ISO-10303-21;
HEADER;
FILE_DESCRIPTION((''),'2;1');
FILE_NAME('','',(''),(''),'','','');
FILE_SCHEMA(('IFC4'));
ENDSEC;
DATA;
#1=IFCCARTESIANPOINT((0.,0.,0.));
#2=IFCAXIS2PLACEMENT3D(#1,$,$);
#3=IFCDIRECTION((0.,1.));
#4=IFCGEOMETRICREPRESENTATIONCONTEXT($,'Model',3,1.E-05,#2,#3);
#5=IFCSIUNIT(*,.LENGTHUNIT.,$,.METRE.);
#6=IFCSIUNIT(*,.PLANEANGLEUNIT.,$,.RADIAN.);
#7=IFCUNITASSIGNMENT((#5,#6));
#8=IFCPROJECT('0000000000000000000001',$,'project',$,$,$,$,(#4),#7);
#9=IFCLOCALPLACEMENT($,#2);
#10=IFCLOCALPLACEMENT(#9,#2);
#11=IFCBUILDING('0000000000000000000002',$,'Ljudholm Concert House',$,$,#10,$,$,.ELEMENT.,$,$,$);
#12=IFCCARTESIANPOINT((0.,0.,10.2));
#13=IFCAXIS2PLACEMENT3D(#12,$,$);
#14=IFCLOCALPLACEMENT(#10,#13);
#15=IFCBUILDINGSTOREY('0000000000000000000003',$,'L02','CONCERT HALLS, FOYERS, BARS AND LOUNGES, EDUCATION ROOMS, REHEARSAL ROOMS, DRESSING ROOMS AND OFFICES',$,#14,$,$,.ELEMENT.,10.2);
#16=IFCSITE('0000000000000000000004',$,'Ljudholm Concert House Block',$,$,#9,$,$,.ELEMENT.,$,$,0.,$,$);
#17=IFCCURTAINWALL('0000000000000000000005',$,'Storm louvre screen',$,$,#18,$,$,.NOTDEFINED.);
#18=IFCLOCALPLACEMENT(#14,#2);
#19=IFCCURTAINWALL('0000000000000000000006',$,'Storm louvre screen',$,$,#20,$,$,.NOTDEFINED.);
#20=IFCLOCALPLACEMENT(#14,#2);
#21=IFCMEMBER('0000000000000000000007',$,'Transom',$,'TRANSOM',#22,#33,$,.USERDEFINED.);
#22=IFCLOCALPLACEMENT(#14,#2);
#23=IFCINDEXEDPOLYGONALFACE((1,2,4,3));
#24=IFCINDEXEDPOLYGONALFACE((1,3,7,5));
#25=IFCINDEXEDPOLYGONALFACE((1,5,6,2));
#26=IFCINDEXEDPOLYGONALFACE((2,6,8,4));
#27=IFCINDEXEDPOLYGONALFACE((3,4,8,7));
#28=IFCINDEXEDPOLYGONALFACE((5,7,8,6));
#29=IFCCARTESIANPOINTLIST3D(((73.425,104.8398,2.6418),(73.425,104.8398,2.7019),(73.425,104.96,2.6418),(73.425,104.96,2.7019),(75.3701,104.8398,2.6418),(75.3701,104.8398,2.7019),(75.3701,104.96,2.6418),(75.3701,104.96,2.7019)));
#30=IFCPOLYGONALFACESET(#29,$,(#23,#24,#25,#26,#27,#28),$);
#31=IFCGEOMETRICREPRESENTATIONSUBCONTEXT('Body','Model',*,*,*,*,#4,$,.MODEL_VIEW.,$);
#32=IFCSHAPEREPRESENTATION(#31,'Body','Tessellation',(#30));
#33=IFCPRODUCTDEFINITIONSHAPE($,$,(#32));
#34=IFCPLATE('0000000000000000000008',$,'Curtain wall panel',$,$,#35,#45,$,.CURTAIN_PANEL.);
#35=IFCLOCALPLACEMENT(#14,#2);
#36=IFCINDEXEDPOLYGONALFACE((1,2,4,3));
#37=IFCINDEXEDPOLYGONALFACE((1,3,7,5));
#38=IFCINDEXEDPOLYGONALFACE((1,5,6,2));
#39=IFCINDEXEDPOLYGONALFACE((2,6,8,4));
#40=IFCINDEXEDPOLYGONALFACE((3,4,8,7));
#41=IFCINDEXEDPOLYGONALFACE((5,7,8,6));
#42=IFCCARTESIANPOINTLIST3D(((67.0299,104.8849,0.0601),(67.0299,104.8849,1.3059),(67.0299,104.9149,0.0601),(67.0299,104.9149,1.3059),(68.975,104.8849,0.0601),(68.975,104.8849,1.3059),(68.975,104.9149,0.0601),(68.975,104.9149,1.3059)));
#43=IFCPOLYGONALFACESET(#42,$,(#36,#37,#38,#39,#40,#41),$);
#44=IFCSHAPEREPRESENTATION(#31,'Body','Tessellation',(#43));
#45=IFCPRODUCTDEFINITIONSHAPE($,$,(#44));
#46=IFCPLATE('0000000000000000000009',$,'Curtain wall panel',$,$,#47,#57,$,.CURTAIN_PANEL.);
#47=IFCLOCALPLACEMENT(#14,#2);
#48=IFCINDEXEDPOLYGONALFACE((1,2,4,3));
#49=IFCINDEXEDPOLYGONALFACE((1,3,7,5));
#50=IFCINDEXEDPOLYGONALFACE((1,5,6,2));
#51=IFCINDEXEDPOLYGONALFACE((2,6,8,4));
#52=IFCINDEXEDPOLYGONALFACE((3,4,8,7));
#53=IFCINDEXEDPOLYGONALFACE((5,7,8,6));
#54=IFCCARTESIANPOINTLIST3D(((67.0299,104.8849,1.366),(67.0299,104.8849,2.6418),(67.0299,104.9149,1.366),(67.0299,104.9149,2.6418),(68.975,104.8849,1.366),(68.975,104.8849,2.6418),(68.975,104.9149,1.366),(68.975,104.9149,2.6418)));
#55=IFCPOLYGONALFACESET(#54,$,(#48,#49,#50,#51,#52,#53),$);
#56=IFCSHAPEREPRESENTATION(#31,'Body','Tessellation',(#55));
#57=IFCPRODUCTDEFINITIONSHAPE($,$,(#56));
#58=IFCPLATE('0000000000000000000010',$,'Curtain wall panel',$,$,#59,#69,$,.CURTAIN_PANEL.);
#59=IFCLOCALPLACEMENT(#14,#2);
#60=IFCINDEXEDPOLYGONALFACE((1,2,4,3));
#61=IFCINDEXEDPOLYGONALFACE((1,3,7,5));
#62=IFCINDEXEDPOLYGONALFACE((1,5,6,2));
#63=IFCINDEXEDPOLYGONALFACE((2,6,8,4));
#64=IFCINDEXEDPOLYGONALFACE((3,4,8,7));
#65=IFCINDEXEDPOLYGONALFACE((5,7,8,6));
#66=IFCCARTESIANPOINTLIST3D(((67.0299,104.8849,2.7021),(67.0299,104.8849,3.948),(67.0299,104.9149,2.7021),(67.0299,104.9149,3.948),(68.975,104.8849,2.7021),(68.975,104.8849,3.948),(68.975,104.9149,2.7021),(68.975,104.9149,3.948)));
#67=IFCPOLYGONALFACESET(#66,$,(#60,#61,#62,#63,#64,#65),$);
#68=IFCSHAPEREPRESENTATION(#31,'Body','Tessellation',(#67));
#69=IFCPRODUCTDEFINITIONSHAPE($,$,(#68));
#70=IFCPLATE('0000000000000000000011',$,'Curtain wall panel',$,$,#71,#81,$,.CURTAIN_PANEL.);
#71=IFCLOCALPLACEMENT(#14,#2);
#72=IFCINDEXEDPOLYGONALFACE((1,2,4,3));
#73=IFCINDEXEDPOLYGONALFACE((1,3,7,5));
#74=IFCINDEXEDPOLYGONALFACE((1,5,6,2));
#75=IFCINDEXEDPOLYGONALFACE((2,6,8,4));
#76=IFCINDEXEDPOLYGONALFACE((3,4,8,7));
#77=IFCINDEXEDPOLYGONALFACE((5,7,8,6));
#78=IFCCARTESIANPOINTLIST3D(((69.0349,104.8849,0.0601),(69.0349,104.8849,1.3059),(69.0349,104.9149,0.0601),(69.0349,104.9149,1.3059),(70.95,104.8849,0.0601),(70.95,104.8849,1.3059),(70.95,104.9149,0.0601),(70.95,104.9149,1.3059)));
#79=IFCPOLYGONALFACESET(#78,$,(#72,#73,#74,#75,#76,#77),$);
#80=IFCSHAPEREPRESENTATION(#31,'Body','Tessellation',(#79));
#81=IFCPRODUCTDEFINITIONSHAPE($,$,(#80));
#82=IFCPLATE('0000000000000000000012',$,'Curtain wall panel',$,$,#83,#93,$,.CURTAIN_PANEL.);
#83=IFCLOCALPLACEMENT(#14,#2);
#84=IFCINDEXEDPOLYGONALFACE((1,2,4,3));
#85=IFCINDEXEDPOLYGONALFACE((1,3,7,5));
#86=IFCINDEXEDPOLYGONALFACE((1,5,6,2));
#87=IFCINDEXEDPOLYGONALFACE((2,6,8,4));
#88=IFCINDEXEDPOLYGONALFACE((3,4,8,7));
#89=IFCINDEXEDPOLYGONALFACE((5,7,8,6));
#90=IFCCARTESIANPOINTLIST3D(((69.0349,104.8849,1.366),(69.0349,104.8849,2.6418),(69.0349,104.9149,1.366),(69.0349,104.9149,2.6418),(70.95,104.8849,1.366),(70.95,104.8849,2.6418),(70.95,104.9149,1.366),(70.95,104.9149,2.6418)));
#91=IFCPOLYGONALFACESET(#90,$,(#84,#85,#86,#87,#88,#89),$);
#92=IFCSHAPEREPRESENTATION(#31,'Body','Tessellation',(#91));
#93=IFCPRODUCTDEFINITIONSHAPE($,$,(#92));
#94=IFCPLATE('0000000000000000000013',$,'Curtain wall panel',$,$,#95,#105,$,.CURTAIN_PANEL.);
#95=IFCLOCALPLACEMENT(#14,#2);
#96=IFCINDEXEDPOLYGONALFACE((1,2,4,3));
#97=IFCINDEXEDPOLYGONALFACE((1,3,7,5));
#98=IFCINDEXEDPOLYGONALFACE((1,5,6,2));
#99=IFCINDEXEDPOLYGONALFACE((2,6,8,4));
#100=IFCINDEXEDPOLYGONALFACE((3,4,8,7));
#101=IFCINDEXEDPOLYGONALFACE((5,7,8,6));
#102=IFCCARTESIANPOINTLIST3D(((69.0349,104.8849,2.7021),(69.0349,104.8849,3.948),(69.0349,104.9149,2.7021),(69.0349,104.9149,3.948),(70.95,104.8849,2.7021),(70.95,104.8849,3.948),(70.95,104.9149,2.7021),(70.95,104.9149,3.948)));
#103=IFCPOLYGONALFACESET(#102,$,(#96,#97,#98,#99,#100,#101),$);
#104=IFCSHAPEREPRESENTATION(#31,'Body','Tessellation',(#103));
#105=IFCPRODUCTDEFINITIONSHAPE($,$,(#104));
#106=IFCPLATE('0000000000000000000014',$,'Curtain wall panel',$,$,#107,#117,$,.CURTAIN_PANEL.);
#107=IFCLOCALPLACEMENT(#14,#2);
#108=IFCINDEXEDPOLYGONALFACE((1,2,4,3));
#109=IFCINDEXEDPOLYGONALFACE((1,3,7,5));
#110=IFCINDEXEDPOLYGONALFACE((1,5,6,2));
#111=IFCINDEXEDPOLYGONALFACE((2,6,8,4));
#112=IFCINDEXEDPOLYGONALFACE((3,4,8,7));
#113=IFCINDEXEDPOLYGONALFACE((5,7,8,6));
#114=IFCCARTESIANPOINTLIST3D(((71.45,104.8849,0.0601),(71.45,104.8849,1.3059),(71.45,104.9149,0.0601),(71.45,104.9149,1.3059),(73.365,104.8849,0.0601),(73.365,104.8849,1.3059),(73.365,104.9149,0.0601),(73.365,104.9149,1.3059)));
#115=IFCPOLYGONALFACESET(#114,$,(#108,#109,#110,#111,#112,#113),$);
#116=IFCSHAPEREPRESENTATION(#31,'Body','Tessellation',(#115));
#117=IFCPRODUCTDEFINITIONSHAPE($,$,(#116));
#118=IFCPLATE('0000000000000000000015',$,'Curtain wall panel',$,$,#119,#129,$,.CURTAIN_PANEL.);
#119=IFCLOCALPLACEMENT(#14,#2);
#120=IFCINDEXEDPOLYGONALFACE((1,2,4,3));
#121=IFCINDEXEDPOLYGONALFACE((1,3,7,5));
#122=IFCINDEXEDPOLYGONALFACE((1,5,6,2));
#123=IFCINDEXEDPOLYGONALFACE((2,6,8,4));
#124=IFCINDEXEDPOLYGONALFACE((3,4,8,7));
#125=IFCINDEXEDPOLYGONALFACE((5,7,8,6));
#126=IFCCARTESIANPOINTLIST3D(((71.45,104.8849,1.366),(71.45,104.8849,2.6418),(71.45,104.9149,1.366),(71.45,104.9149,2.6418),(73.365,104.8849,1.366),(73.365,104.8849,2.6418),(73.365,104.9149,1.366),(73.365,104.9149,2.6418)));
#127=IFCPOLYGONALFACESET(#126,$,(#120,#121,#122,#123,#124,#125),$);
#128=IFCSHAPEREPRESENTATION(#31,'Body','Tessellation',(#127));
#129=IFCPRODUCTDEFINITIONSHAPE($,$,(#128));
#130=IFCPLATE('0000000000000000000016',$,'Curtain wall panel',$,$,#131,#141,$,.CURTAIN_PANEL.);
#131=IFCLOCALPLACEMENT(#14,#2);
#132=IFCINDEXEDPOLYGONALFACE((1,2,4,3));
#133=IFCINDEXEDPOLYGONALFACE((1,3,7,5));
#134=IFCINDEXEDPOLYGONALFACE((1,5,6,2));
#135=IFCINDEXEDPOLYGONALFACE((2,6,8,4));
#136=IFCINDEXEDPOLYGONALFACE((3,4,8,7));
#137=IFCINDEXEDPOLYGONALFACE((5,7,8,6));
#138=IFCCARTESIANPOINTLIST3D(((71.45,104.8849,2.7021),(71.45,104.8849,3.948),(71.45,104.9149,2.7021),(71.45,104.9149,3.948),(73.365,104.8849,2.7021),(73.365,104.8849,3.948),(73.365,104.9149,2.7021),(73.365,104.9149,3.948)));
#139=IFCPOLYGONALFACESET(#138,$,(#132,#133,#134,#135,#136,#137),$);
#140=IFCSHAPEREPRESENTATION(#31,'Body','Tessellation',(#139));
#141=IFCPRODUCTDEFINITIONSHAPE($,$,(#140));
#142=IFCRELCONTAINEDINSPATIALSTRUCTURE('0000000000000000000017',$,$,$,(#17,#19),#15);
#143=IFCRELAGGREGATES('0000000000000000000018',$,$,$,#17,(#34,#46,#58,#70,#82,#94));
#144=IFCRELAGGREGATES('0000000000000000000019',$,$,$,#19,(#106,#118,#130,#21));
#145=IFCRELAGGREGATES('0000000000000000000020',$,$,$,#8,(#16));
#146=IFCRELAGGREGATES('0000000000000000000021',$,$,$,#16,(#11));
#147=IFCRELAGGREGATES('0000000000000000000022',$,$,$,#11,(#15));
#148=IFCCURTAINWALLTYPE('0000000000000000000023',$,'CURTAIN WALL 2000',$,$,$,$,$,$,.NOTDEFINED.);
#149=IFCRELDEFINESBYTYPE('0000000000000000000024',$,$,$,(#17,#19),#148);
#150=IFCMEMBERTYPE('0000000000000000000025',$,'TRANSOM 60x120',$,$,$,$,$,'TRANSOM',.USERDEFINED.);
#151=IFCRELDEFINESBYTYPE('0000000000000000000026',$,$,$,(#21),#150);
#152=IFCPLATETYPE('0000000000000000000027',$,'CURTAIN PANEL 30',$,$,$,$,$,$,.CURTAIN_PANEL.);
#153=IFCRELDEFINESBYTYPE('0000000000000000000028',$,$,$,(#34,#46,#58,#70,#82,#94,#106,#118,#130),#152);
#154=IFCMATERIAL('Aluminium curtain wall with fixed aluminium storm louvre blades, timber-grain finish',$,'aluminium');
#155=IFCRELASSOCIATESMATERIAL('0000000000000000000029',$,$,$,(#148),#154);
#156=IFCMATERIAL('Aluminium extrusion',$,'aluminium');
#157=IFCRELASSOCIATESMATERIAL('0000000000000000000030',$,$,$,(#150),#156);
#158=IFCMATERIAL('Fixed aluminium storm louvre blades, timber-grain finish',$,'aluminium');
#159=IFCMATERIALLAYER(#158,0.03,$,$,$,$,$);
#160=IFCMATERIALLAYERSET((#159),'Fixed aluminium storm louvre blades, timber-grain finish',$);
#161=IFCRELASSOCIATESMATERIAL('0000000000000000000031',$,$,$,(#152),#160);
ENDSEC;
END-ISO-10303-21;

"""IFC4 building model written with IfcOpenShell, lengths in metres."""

from ifc_helpers import new_model, si_unit, direction, frame, origin, origin_2d, place, context, subcontext, project, spatial, rectangle, extrude, material, layer, layer_set, material_profile, profile_set, type_object, element, aggregate, save


model = new_model("IFC4")

# Units and contexts
model_context = context("Model", 3, precision=1e-05, world=origin(), true_north=direction((0.0, 1.0)))
body_context = subcontext(model_context, "Body", "Model", "MODEL_VIEW")
ifc_project = project(units=[si_unit("LENGTHUNIT", "METRE"), si_unit("PLANEANGLEUNIT", "RADIAN")], contexts=[model_context])

# Site, building, storey
site_placement = place(None, origin())
site = spatial("IfcSite", under=ifc_project, at=site_placement, Name="Ljudholm Concert House Block", CompositionType="ELEMENT", RefElevation=0.0)
building_placement = place(site_placement, origin())
building = spatial("IfcBuilding", under=site, at=building_placement, Name="Ljudholm Concert House", CompositionType="ELEMENT")
storey_placement = place(building_placement, frame((0.0, 0.0, 10.2)))
storey = spatial("IfcBuildingStorey", under=building, at=storey_placement, Name="L02", Description="CONCERT HALLS, FOYERS, BARS AND LOUNGES, EDUCATION ROOMS, REHEARSAL ROOMS, DRESSING ROOMS AND OFFICES", CompositionType="ELEMENT", Elevation=10.2)

# Curtain walls
ifc_material_1 = material(Name="Aluminium curtain wall with fixed aluminium storm louvre blades, timber-grain finish", Category="aluminium")
curtain_wall_type = type_object("IfcCurtainWallType", Name="CURTAIN WALL 2000", PredefinedType="NOTDEFINED", material=ifc_material_1)
curtain_wall_1_placement = place(storey_placement, origin())
curtain_wall_1 = element("IfcCurtainWall", 1, at=curtain_wall_1_placement, inside=storey, type_object=curtain_wall_type, Name="Storm louvre screen", PredefinedType="NOTDEFINED")
curtain_wall_2_placement = place(storey_placement, origin())
curtain_wall_2 = element("IfcCurtainWall", 2, at=curtain_wall_2_placement, inside=storey, type_object=curtain_wall_type, Name="Storm louvre screen", PredefinedType="NOTDEFINED")

# Member
ifc_material_2 = material(Name="Aluminium extrusion", Category="aluminium")
ifc_material_profile_1 = material_profile(ifc_material_2, rectangle(XDim=0.1201, YDim=0.0601, at=origin_2d()), Name="TRANSOM 60x120")
ifc_profile_set_1 = profile_set([ifc_material_profile_1], Name="Aluminium extrusion")
member_type_1 = type_object("IfcMemberType", Name="TRANSOM 60x120", ElementType="TRANSOM", PredefinedType="USERDEFINED", material=ifc_profile_set_1)
member_1_placement = place(storey_placement, frame((73.425, 104.8999, 2.6719), z_axis=(1.0, 0.0, 0.0), x_axis=(0.0, 1.0, 0.0)))
member_1 = element("IfcMember", 3, at=member_1_placement, type_object=member_type_1, Name="Transom", ObjectType="TRANSOM", PredefinedType="USERDEFINED", context=body_context, shape_type="SweptSolid", body=[
    extrude(rectangle(XDim=0.1201, YDim=0.0601, at=origin_2d()), origin(), (0.0, 0.0, 1.0), 1.9451),
])

# Plates
ifc_material_3 = material(Name="Fixed aluminium storm louvre blades, timber-grain finish", Category="aluminium")
ifc_layer = layer(ifc_material_3, 0.03)
ifc_layer_set = layer_set([ifc_layer], Name="Fixed aluminium storm louvre blades, timber-grain finish")
plate_type = type_object("IfcPlateType", Name="CURTAIN PANEL 30", PredefinedType="CURTAIN_PANEL", material=ifc_layer_set)
plate_1_placement = place(storey_placement, frame((68.0024, 104.8999, 0.0601), z_axis=(0.0, 0.0, 1.0), x_axis=(1.0, 0.0, 0.0)))
plate_1 = element("IfcPlate", 4, at=plate_1_placement, type_object=plate_type, Name="Curtain wall panel", PredefinedType="CURTAIN_PANEL", context=body_context, shape_type="SweptSolid", body=[
    extrude(rectangle(XDim=1.9451, YDim=0.03, at=origin_2d()), origin(), (0.0, 0.0, 1.0), 1.2458),
])
plate_2_placement = place(storey_placement, frame((68.0024, 104.8999, 1.366), z_axis=(0.0, 0.0, 1.0), x_axis=(1.0, 0.0, 0.0)))
plate_2 = element("IfcPlate", 5, at=plate_2_placement, type_object=plate_type, Name="Curtain wall panel", PredefinedType="CURTAIN_PANEL", context=body_context, shape_type="SweptSolid", body=[
    extrude(rectangle(XDim=1.9451, YDim=0.03, at=origin_2d()), origin(), (0.0, 0.0, 1.0), 1.2759),
])
plate_3_placement = place(storey_placement, frame((68.0024, 104.8999, 2.7021), z_axis=(0.0, 0.0, 1.0), x_axis=(1.0, 0.0, 0.0)))
plate_3 = element("IfcPlate", 6, at=plate_3_placement, type_object=plate_type, Name="Curtain wall panel", PredefinedType="CURTAIN_PANEL", context=body_context, shape_type="SweptSolid", body=[
    extrude(rectangle(XDim=1.9451, YDim=0.03, at=origin_2d()), origin(), (0.0, 0.0, 1.0), 1.2458),
])
plate_4_placement = place(storey_placement, frame((69.9924, 104.8999, 0.0601), z_axis=(0.0, 0.0, 1.0), x_axis=(1.0, 0.0, 0.0)))
plate_4 = element("IfcPlate", 7, at=plate_4_placement, type_object=plate_type, Name="Curtain wall panel", PredefinedType="CURTAIN_PANEL", context=body_context, shape_type="SweptSolid", body=[
    extrude(rectangle(XDim=1.915, YDim=0.03, at=origin_2d()), origin(), (0.0, 0.0, 1.0), 1.2458),
])
plate_5_placement = place(storey_placement, frame((69.9924, 104.8999, 1.366), z_axis=(0.0, 0.0, 1.0), x_axis=(1.0, 0.0, 0.0)))
plate_5 = element("IfcPlate", 8, at=plate_5_placement, type_object=plate_type, Name="Curtain wall panel", PredefinedType="CURTAIN_PANEL", context=body_context, shape_type="SweptSolid", body=[
    extrude(rectangle(XDim=1.915, YDim=0.03, at=origin_2d()), origin(), (0.0, 0.0, 1.0), 1.2759),
])
plate_6_placement = place(storey_placement, frame((69.9924, 104.8999, 2.7021), z_axis=(0.0, 0.0, 1.0), x_axis=(1.0, 0.0, 0.0)))
plate_6 = element("IfcPlate", 9, at=plate_6_placement, type_object=plate_type, Name="Curtain wall panel", PredefinedType="CURTAIN_PANEL", context=body_context, shape_type="SweptSolid", body=[
    extrude(rectangle(XDim=1.915, YDim=0.03, at=origin_2d()), origin(), (0.0, 0.0, 1.0), 1.2458),
])
aggregate(curtain_wall_1, [plate_1, plate_2, plate_3, plate_4, plate_5, plate_6])
plate_7_placement = place(storey_placement, frame((72.4075, 104.8999, 0.0601), z_axis=(0.0, 0.0, 1.0), x_axis=(1.0, 0.0, 0.0)))
plate_7 = element("IfcPlate", 10, at=plate_7_placement, type_object=plate_type, Name="Curtain wall panel", PredefinedType="CURTAIN_PANEL", context=body_context, shape_type="SweptSolid", body=[
    extrude(rectangle(XDim=1.915, YDim=0.03, at=origin_2d()), origin(), (0.0, 0.0, 1.0), 1.2458),
])
plate_8_placement = place(storey_placement, frame((72.4075, 104.8999, 1.366), z_axis=(0.0, 0.0, 1.0), x_axis=(1.0, 0.0, 0.0)))
plate_8 = element("IfcPlate", 11, at=plate_8_placement, type_object=plate_type, Name="Curtain wall panel", PredefinedType="CURTAIN_PANEL", context=body_context, shape_type="SweptSolid", body=[
    extrude(rectangle(XDim=1.915, YDim=0.03, at=origin_2d()), origin(), (0.0, 0.0, 1.0), 1.2759),
])
plate_9_placement = place(storey_placement, frame((72.4075, 104.8999, 2.7021), z_axis=(0.0, 0.0, 1.0), x_axis=(1.0, 0.0, 0.0)))
plate_9 = element("IfcPlate", 12, at=plate_9_placement, type_object=plate_type, Name="Curtain wall panel", PredefinedType="CURTAIN_PANEL", context=body_context, shape_type="SweptSolid", body=[
    extrude(rectangle(XDim=1.915, YDim=0.03, at=origin_2d()), origin(), (0.0, 0.0, 1.0), 1.2458),
])
aggregate(curtain_wall_2, [plate_7, plate_8, plate_9, member_1])

save(model, "model.ifc")
